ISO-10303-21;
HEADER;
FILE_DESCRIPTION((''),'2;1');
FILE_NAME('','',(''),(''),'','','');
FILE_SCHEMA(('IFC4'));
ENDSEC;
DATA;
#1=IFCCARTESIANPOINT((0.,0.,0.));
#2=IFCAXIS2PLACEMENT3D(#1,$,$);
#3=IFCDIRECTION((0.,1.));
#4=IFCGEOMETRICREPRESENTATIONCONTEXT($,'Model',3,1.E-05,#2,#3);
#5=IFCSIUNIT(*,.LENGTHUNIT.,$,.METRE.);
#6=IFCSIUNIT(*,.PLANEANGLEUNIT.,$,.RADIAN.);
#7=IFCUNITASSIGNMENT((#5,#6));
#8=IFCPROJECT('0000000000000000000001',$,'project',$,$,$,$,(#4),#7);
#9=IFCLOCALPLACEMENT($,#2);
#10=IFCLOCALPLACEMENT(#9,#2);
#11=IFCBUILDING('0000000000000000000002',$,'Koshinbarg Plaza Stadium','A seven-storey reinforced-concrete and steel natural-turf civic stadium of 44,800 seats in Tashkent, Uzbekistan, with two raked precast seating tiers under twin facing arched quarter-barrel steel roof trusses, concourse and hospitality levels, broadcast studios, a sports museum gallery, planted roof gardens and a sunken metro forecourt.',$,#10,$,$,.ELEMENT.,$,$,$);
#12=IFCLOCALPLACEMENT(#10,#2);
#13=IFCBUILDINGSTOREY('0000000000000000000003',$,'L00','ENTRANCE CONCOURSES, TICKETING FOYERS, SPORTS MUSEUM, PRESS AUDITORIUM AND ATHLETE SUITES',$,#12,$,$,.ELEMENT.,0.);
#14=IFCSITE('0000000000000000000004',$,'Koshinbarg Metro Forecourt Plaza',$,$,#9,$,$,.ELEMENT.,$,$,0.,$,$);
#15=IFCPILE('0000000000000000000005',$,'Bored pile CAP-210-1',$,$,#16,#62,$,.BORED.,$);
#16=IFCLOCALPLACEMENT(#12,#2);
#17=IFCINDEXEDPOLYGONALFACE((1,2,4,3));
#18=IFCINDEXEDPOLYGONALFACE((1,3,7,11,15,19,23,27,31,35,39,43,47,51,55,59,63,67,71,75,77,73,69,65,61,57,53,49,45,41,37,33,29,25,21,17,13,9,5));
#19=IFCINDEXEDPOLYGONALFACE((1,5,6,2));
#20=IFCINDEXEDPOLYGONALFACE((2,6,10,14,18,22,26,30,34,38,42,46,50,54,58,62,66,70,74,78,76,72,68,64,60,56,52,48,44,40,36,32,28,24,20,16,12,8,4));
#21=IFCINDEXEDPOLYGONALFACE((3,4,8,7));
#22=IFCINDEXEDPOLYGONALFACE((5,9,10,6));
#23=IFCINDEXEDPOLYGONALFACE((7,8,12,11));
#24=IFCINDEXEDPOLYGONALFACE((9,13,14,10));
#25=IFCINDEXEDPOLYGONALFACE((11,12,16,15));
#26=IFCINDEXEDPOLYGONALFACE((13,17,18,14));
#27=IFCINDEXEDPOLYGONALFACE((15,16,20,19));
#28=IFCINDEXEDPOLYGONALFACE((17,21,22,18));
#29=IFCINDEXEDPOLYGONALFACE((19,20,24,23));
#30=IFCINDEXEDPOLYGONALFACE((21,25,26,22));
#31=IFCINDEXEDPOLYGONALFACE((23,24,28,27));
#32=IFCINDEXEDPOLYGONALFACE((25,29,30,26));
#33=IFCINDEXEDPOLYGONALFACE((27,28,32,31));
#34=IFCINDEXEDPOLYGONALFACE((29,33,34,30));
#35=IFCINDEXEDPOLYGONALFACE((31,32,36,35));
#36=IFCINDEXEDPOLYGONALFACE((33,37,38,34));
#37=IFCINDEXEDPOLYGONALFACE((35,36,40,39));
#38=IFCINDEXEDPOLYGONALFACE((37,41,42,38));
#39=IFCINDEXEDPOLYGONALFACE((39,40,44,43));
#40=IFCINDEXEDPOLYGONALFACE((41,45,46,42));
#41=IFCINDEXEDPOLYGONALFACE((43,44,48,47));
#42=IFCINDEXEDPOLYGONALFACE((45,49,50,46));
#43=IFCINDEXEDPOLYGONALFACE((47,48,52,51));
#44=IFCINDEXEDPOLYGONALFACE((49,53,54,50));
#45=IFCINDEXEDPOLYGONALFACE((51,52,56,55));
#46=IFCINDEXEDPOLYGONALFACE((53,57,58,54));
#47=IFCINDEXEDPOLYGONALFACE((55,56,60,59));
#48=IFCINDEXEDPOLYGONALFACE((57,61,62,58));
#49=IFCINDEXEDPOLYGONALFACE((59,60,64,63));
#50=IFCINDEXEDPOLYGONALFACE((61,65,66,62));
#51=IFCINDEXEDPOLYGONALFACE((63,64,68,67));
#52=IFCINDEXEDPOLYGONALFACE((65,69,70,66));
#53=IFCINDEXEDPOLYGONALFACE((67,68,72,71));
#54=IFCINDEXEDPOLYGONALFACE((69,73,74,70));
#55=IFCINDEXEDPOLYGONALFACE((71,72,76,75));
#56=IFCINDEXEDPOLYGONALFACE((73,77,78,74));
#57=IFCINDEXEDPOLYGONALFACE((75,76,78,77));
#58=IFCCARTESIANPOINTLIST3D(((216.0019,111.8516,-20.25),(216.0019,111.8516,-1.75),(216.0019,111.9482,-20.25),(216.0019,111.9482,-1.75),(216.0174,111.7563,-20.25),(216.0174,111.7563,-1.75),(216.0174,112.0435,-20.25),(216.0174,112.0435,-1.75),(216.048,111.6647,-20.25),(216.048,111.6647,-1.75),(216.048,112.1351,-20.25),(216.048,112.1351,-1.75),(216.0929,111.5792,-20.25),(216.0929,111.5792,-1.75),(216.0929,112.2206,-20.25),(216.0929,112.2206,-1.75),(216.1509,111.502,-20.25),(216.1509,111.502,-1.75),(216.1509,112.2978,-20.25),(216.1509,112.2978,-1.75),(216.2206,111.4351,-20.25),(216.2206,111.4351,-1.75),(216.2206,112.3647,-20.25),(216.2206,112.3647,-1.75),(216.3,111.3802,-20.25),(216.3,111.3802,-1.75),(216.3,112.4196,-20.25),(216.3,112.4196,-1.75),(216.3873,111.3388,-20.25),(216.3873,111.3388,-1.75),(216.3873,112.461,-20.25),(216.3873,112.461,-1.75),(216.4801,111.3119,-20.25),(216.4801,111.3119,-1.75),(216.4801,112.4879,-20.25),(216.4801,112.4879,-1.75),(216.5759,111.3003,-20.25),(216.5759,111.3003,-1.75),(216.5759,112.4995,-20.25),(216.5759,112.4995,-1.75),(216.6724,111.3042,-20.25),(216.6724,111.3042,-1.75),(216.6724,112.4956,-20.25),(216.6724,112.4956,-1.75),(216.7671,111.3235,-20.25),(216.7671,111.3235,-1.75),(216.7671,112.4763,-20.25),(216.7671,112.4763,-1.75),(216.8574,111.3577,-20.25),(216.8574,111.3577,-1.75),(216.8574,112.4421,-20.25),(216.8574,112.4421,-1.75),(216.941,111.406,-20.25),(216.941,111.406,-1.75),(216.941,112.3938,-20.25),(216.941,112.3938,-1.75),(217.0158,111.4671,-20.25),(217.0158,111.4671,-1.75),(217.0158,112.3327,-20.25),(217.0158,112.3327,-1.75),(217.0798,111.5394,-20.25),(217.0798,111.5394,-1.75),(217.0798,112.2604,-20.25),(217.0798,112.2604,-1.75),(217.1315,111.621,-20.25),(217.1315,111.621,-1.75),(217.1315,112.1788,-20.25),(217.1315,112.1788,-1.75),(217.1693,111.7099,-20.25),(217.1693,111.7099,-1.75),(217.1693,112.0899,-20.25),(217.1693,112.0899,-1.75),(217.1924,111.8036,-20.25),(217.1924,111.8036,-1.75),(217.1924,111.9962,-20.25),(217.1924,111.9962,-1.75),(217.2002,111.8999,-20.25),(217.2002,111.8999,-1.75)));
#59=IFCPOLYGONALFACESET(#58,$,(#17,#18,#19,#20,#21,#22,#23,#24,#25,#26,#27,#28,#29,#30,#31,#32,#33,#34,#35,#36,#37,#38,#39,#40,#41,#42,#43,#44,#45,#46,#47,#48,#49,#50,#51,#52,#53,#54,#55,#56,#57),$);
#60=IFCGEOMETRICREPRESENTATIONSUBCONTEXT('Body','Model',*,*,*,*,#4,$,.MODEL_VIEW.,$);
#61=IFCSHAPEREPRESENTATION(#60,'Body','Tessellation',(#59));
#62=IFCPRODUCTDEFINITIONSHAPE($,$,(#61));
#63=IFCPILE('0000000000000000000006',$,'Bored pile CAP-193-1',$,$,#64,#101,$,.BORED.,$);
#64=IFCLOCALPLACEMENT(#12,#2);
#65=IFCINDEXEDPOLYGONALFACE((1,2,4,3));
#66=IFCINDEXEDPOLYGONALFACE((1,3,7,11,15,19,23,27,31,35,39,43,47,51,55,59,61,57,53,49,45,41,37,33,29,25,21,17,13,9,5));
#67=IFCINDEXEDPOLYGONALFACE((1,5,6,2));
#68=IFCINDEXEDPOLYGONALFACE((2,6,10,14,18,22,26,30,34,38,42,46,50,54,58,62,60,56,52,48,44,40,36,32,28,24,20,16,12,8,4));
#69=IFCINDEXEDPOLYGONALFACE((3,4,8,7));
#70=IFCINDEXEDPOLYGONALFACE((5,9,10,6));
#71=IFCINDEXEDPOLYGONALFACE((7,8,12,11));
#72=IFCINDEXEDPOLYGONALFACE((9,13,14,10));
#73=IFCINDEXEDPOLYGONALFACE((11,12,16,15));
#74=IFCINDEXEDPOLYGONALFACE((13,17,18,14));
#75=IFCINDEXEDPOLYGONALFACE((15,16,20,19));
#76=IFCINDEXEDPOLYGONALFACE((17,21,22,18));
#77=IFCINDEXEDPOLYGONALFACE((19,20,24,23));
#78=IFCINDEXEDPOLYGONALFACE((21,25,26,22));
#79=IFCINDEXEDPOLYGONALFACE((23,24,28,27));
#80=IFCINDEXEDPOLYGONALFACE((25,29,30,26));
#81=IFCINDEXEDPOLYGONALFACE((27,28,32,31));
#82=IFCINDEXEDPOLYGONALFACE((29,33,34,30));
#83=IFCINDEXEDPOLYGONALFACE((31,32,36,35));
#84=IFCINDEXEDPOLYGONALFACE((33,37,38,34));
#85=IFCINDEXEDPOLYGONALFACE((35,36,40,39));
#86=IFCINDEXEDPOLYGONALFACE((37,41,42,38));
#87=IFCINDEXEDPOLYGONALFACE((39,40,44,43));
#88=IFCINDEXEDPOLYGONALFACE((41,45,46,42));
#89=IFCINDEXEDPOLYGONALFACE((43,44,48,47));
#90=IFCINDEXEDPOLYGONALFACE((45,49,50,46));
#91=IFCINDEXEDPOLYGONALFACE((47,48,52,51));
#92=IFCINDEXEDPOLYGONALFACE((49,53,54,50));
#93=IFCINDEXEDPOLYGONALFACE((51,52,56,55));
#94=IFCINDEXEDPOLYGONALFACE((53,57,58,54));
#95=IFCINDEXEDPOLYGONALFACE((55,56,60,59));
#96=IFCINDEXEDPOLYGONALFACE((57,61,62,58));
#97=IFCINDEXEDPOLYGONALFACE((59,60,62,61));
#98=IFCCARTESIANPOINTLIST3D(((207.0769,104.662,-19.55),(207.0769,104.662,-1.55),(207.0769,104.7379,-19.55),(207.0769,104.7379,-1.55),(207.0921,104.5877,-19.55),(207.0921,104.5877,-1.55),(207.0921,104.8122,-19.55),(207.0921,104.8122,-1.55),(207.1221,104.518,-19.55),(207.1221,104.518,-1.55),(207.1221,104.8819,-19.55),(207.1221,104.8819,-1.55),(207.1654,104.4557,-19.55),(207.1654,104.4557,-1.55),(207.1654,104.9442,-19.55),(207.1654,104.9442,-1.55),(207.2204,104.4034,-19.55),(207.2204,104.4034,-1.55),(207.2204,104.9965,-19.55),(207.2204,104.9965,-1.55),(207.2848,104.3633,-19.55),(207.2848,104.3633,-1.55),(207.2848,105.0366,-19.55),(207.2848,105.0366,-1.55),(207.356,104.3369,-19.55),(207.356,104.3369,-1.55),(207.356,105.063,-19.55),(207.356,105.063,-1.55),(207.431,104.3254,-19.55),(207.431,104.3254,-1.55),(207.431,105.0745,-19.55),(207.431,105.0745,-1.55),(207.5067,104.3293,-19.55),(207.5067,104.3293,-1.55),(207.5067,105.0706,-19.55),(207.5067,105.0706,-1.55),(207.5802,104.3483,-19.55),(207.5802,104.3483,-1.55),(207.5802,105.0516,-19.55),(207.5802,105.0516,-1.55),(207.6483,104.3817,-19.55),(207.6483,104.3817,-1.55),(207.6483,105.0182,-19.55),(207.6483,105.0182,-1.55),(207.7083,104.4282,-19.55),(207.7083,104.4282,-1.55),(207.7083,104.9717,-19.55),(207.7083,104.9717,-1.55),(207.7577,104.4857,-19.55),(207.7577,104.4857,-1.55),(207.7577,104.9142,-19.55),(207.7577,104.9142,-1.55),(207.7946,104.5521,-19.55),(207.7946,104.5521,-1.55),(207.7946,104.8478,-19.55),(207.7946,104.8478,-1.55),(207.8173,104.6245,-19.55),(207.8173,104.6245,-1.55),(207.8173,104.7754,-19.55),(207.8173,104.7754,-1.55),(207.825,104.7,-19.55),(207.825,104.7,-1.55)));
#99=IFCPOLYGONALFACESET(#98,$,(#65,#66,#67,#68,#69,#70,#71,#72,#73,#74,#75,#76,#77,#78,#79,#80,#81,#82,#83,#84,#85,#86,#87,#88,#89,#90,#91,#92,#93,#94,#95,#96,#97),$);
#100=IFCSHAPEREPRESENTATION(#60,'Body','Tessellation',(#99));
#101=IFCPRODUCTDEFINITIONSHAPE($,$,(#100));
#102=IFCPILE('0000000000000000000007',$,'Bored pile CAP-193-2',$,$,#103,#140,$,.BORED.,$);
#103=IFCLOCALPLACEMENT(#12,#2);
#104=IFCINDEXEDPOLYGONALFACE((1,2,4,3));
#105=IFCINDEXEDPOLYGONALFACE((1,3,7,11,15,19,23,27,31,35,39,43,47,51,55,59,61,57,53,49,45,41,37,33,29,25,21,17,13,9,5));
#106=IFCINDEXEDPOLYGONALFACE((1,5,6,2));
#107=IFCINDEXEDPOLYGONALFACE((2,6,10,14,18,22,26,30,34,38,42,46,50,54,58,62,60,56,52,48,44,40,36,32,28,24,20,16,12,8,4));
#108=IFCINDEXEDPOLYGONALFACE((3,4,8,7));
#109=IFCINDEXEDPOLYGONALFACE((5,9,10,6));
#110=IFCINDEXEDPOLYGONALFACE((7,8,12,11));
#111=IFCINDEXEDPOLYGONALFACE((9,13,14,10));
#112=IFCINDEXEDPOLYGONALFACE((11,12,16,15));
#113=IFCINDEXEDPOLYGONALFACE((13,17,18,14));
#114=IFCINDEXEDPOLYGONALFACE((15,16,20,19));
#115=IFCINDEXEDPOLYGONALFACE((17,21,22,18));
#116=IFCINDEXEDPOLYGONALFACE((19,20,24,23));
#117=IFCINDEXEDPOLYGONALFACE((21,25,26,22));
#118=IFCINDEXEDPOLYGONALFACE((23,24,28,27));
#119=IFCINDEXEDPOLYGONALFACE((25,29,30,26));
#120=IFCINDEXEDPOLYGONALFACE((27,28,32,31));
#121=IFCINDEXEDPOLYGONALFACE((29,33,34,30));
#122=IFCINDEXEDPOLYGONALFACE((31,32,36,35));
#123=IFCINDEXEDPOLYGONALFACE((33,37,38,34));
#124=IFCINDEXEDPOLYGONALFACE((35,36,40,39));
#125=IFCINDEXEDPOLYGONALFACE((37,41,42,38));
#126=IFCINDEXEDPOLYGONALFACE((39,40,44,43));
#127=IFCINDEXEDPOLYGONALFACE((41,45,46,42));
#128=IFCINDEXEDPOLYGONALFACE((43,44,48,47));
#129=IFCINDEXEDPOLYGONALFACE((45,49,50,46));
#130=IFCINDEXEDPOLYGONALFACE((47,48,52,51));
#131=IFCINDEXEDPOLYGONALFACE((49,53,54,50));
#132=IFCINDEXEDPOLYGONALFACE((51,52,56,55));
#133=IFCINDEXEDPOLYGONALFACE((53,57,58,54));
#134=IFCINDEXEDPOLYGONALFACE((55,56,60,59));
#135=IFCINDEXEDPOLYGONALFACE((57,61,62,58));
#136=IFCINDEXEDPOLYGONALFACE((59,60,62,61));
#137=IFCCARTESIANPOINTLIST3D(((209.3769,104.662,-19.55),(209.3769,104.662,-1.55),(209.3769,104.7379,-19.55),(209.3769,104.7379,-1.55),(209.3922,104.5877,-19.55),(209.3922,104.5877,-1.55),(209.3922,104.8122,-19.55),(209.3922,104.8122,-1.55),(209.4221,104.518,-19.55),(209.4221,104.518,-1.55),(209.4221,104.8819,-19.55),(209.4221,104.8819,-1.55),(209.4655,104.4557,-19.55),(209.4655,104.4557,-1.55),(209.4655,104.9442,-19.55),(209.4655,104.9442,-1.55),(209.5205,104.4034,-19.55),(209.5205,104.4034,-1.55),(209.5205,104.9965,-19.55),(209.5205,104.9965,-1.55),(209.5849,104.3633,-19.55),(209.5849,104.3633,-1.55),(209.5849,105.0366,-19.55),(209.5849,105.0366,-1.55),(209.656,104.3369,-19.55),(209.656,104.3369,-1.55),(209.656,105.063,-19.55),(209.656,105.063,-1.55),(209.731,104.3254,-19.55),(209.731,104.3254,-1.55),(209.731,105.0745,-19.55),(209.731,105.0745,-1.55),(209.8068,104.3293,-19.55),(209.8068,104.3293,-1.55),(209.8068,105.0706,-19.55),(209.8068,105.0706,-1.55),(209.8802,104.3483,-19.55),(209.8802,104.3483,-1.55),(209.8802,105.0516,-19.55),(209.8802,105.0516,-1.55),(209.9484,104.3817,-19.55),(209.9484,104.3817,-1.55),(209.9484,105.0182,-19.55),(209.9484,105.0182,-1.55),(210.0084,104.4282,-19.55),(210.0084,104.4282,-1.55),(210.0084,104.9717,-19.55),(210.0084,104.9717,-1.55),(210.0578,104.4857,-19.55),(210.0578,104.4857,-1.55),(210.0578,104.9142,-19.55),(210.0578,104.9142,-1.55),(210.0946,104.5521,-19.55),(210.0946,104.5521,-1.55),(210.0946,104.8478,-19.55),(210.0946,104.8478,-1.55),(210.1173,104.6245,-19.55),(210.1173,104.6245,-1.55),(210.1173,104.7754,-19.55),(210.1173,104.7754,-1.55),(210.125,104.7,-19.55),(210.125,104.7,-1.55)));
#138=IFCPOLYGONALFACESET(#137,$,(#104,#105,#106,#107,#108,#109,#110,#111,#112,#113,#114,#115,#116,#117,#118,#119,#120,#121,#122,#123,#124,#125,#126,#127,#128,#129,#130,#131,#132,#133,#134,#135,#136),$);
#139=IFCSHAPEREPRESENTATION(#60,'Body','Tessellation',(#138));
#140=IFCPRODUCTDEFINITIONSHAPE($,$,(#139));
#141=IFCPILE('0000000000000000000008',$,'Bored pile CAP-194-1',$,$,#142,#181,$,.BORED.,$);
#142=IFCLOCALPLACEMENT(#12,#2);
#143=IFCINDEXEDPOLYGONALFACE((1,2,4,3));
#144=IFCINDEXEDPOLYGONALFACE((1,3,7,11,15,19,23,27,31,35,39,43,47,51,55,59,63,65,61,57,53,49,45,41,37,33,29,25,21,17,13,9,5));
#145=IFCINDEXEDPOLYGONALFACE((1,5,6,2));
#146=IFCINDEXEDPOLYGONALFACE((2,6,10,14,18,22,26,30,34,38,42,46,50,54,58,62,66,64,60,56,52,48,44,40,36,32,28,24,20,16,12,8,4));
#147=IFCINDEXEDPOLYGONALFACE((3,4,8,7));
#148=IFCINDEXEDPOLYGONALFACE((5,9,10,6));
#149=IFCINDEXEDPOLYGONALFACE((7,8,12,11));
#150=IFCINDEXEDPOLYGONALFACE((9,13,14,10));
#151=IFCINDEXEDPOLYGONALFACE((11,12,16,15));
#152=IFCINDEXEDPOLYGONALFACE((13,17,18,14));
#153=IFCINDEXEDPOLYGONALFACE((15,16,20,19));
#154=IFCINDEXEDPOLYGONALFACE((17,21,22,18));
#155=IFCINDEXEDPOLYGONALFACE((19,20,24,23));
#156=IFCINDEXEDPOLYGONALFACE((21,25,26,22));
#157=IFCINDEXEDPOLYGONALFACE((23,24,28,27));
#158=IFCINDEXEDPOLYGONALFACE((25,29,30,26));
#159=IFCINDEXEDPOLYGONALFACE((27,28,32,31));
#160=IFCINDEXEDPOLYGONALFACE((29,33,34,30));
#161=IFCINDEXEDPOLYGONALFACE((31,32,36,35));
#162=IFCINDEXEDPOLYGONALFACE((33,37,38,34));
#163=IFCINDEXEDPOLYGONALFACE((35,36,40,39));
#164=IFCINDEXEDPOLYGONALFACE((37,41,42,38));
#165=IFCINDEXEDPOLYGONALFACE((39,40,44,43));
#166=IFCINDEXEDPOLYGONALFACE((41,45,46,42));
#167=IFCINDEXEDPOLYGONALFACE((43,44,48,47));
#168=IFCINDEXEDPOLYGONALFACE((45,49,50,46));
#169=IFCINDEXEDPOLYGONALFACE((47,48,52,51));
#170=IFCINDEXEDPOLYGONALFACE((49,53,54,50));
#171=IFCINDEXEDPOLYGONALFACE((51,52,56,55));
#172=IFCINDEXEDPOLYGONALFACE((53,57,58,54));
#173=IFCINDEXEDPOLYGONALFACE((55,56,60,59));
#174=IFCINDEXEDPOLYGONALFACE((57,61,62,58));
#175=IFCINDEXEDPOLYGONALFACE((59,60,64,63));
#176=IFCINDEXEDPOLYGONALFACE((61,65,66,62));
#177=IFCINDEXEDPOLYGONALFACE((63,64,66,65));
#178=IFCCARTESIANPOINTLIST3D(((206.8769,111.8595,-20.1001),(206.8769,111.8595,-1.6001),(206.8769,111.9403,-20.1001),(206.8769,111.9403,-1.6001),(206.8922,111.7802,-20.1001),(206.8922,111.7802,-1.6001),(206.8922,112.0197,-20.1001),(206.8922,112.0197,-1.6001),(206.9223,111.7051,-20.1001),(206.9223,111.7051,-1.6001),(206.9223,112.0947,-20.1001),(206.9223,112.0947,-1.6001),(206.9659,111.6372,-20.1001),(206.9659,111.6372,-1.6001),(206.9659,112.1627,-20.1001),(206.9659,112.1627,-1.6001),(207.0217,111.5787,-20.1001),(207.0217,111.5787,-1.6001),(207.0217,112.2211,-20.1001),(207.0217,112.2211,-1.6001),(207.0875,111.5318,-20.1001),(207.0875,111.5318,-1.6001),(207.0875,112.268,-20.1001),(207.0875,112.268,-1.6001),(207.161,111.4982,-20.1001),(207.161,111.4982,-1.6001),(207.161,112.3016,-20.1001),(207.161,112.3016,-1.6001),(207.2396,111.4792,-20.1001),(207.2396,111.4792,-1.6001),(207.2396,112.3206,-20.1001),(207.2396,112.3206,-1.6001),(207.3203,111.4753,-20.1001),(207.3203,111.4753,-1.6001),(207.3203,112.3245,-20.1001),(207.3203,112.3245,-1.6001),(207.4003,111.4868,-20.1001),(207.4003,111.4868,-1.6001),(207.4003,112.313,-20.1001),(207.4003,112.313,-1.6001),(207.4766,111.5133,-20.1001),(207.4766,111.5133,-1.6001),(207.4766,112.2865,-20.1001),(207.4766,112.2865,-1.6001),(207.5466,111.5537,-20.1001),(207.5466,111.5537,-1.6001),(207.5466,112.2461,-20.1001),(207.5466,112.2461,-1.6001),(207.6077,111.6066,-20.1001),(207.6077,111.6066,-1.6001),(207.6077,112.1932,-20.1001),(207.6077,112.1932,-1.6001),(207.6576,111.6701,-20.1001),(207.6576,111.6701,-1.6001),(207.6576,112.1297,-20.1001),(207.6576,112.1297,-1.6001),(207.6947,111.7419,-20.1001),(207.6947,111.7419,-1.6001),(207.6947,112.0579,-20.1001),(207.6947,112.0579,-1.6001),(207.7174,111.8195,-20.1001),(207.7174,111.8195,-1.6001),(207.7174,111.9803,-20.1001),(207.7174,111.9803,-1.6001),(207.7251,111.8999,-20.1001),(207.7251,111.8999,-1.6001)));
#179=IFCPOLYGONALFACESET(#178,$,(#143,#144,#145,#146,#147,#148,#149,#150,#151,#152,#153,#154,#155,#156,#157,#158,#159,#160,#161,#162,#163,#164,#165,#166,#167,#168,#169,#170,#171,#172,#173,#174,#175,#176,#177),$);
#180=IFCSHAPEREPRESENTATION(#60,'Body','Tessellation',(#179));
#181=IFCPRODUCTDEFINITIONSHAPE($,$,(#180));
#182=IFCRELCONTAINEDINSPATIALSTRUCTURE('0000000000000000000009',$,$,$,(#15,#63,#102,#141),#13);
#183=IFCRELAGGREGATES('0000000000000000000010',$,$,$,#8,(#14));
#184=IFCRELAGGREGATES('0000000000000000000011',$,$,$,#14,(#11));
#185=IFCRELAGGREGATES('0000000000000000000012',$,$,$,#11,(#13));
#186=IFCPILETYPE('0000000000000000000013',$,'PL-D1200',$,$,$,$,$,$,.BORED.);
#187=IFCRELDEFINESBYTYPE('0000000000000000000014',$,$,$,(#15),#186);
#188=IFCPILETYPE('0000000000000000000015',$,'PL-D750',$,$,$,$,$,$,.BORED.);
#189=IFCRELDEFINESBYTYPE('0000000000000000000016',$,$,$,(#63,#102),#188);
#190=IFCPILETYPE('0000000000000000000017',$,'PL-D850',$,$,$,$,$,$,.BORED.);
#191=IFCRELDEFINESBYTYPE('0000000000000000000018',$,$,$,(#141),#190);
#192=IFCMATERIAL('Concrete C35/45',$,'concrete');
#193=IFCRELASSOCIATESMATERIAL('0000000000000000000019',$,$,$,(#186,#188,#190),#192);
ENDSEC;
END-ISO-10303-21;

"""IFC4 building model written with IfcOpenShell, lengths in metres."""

from ifc_helpers import new_model, si_unit, direction, frame, origin, origin_2d, place, context, subcontext, project, spatial, circle, extrude, material, material_profile, profile_set, type_object, element, save


model = new_model("IFC4")

# Units and contexts
model_context = context("Model", 3, precision=1e-05, world=origin(), true_north=direction((0.0, 1.0)))
body_context = subcontext(model_context, "Body", "Model", "MODEL_VIEW")
ifc_project = project(units=[si_unit("LENGTHUNIT", "METRE"), si_unit("PLANEANGLEUNIT", "RADIAN")], contexts=[model_context])

# Site, building, storey
site_placement = place(None, origin())
site = spatial("IfcSite", under=ifc_project, at=site_placement, Name="Koshinbarg Metro Forecourt Plaza", CompositionType="ELEMENT", RefElevation=0.0)
building_placement = place(site_placement, origin())
building = spatial("IfcBuilding", under=site, at=building_placement, Name="Koshinbarg Plaza Stadium", Description="A seven-storey reinforced-concrete and steel natural-turf civic stadium of 44,800 seats in Tashkent, Uzbekistan, with two raked precast seating tiers under twin facing arched quarter-barrel steel roof trusses, concourse and hospitality levels, broadcast studios, a sports museum gallery, planted roof gardens and a sunken metro forecourt.", CompositionType="ELEMENT")
storey_placement = place(building_placement, origin())
storey = spatial("IfcBuildingStorey", under=building, at=storey_placement, Name="L00", Description="ENTRANCE CONCOURSES, TICKETING FOYERS, SPORTS MUSEUM, PRESS AUDITORIUM AND ATHLETE SUITES", CompositionType="ELEMENT", Elevation=0.0)

# Shared definitions
ifc_material_1 = material(Name="Concrete C35/45", Category="concrete")

# Piles
ifc_material_profile_1 = material_profile(ifc_material_1, circle(Radius=0.6001, at=origin_2d()), Name="PILE D1200")
ifc_profile_set_1 = profile_set([ifc_material_profile_1], Name="Concrete C35/45")
pile_type_1 = type_object("IfcPileType", Name="PL-D1200", PredefinedType="BORED", material=ifc_profile_set_1)
pile_placement = place(storey_placement, frame((216.6001, 111.8999, -1.75), z_axis=(0.0, 0.0, -1.0), x_axis=(1.0, 0.0, 0.0)))
element("IfcPile", 1, at=pile_placement, inside=storey, type_object=pile_type_1, Name="Bored pile CAP-210-1", PredefinedType="BORED", context=body_context, shape_type="SweptSolid", body=[
    extrude(circle(Radius=0.6001, at=origin_2d()), origin(), (0.0, 0.0, 1.0), 18.5),
])
ifc_material_profile_2 = material_profile(ifc_material_1, circle(Radius=0.375, at=origin_2d()), Name="PILE D750")
ifc_profile_set_2 = profile_set([ifc_material_profile_2], Name="Concrete C35/45")
pile_type_2 = type_object("IfcPileType", Name="PL-D750", PredefinedType="BORED", material=ifc_profile_set_2)
for number, where, z_axis, x_axis, name in (
    (2, (207.45, 104.7, -1.55), (0.0, 0.0, -1.0), (1.0, 0.0, 0.0), "Bored pile CAP-193-1"),
    (3, (209.75, 104.7, -1.55), (0.0, 0.0, -1.0), (1.0, 0.0, 0.0), "Bored pile CAP-193-2"),
):
    element("IfcPile", number, at=place(storey_placement, frame(where, z_axis=z_axis, x_axis=x_axis)), inside=storey, type_object=pile_type_2, Name=name, PredefinedType="BORED", context=body_context, shape_type="SweptSolid", body=[
        extrude(circle(Radius=0.375, at=origin_2d()), origin(), (0.0, 0.0, 1.0), 18.0),
    ])
ifc_material_profile_3 = material_profile(ifc_material_1, circle(Radius=0.425, at=origin_2d()), Name="PILE D850")
ifc_profile_set_3 = profile_set([ifc_material_profile_3], Name="Concrete C35/45")
pile_type_3 = type_object("IfcPileType", Name="PL-D850", PredefinedType="BORED", material=ifc_profile_set_3)
for number, where, z_axis, x_axis, name in (
    (4, (207.3, 111.8999, -1.6001), (0.0, 0.0, -1.0), (1.0, 0.0, 0.0), "Bored pile CAP-194-1"),
):
    element("IfcPile", number, at=place(storey_placement, frame(where, z_axis=z_axis, x_axis=x_axis)), inside=storey, type_object=pile_type_3, Name=name, PredefinedType="BORED", context=body_context, shape_type="SweptSolid", body=[
        extrude(circle(Radius=0.425, at=origin_2d()), origin(), (0.0, 0.0, 1.0), 18.5),
    ])

save(model, "model.ifc")
